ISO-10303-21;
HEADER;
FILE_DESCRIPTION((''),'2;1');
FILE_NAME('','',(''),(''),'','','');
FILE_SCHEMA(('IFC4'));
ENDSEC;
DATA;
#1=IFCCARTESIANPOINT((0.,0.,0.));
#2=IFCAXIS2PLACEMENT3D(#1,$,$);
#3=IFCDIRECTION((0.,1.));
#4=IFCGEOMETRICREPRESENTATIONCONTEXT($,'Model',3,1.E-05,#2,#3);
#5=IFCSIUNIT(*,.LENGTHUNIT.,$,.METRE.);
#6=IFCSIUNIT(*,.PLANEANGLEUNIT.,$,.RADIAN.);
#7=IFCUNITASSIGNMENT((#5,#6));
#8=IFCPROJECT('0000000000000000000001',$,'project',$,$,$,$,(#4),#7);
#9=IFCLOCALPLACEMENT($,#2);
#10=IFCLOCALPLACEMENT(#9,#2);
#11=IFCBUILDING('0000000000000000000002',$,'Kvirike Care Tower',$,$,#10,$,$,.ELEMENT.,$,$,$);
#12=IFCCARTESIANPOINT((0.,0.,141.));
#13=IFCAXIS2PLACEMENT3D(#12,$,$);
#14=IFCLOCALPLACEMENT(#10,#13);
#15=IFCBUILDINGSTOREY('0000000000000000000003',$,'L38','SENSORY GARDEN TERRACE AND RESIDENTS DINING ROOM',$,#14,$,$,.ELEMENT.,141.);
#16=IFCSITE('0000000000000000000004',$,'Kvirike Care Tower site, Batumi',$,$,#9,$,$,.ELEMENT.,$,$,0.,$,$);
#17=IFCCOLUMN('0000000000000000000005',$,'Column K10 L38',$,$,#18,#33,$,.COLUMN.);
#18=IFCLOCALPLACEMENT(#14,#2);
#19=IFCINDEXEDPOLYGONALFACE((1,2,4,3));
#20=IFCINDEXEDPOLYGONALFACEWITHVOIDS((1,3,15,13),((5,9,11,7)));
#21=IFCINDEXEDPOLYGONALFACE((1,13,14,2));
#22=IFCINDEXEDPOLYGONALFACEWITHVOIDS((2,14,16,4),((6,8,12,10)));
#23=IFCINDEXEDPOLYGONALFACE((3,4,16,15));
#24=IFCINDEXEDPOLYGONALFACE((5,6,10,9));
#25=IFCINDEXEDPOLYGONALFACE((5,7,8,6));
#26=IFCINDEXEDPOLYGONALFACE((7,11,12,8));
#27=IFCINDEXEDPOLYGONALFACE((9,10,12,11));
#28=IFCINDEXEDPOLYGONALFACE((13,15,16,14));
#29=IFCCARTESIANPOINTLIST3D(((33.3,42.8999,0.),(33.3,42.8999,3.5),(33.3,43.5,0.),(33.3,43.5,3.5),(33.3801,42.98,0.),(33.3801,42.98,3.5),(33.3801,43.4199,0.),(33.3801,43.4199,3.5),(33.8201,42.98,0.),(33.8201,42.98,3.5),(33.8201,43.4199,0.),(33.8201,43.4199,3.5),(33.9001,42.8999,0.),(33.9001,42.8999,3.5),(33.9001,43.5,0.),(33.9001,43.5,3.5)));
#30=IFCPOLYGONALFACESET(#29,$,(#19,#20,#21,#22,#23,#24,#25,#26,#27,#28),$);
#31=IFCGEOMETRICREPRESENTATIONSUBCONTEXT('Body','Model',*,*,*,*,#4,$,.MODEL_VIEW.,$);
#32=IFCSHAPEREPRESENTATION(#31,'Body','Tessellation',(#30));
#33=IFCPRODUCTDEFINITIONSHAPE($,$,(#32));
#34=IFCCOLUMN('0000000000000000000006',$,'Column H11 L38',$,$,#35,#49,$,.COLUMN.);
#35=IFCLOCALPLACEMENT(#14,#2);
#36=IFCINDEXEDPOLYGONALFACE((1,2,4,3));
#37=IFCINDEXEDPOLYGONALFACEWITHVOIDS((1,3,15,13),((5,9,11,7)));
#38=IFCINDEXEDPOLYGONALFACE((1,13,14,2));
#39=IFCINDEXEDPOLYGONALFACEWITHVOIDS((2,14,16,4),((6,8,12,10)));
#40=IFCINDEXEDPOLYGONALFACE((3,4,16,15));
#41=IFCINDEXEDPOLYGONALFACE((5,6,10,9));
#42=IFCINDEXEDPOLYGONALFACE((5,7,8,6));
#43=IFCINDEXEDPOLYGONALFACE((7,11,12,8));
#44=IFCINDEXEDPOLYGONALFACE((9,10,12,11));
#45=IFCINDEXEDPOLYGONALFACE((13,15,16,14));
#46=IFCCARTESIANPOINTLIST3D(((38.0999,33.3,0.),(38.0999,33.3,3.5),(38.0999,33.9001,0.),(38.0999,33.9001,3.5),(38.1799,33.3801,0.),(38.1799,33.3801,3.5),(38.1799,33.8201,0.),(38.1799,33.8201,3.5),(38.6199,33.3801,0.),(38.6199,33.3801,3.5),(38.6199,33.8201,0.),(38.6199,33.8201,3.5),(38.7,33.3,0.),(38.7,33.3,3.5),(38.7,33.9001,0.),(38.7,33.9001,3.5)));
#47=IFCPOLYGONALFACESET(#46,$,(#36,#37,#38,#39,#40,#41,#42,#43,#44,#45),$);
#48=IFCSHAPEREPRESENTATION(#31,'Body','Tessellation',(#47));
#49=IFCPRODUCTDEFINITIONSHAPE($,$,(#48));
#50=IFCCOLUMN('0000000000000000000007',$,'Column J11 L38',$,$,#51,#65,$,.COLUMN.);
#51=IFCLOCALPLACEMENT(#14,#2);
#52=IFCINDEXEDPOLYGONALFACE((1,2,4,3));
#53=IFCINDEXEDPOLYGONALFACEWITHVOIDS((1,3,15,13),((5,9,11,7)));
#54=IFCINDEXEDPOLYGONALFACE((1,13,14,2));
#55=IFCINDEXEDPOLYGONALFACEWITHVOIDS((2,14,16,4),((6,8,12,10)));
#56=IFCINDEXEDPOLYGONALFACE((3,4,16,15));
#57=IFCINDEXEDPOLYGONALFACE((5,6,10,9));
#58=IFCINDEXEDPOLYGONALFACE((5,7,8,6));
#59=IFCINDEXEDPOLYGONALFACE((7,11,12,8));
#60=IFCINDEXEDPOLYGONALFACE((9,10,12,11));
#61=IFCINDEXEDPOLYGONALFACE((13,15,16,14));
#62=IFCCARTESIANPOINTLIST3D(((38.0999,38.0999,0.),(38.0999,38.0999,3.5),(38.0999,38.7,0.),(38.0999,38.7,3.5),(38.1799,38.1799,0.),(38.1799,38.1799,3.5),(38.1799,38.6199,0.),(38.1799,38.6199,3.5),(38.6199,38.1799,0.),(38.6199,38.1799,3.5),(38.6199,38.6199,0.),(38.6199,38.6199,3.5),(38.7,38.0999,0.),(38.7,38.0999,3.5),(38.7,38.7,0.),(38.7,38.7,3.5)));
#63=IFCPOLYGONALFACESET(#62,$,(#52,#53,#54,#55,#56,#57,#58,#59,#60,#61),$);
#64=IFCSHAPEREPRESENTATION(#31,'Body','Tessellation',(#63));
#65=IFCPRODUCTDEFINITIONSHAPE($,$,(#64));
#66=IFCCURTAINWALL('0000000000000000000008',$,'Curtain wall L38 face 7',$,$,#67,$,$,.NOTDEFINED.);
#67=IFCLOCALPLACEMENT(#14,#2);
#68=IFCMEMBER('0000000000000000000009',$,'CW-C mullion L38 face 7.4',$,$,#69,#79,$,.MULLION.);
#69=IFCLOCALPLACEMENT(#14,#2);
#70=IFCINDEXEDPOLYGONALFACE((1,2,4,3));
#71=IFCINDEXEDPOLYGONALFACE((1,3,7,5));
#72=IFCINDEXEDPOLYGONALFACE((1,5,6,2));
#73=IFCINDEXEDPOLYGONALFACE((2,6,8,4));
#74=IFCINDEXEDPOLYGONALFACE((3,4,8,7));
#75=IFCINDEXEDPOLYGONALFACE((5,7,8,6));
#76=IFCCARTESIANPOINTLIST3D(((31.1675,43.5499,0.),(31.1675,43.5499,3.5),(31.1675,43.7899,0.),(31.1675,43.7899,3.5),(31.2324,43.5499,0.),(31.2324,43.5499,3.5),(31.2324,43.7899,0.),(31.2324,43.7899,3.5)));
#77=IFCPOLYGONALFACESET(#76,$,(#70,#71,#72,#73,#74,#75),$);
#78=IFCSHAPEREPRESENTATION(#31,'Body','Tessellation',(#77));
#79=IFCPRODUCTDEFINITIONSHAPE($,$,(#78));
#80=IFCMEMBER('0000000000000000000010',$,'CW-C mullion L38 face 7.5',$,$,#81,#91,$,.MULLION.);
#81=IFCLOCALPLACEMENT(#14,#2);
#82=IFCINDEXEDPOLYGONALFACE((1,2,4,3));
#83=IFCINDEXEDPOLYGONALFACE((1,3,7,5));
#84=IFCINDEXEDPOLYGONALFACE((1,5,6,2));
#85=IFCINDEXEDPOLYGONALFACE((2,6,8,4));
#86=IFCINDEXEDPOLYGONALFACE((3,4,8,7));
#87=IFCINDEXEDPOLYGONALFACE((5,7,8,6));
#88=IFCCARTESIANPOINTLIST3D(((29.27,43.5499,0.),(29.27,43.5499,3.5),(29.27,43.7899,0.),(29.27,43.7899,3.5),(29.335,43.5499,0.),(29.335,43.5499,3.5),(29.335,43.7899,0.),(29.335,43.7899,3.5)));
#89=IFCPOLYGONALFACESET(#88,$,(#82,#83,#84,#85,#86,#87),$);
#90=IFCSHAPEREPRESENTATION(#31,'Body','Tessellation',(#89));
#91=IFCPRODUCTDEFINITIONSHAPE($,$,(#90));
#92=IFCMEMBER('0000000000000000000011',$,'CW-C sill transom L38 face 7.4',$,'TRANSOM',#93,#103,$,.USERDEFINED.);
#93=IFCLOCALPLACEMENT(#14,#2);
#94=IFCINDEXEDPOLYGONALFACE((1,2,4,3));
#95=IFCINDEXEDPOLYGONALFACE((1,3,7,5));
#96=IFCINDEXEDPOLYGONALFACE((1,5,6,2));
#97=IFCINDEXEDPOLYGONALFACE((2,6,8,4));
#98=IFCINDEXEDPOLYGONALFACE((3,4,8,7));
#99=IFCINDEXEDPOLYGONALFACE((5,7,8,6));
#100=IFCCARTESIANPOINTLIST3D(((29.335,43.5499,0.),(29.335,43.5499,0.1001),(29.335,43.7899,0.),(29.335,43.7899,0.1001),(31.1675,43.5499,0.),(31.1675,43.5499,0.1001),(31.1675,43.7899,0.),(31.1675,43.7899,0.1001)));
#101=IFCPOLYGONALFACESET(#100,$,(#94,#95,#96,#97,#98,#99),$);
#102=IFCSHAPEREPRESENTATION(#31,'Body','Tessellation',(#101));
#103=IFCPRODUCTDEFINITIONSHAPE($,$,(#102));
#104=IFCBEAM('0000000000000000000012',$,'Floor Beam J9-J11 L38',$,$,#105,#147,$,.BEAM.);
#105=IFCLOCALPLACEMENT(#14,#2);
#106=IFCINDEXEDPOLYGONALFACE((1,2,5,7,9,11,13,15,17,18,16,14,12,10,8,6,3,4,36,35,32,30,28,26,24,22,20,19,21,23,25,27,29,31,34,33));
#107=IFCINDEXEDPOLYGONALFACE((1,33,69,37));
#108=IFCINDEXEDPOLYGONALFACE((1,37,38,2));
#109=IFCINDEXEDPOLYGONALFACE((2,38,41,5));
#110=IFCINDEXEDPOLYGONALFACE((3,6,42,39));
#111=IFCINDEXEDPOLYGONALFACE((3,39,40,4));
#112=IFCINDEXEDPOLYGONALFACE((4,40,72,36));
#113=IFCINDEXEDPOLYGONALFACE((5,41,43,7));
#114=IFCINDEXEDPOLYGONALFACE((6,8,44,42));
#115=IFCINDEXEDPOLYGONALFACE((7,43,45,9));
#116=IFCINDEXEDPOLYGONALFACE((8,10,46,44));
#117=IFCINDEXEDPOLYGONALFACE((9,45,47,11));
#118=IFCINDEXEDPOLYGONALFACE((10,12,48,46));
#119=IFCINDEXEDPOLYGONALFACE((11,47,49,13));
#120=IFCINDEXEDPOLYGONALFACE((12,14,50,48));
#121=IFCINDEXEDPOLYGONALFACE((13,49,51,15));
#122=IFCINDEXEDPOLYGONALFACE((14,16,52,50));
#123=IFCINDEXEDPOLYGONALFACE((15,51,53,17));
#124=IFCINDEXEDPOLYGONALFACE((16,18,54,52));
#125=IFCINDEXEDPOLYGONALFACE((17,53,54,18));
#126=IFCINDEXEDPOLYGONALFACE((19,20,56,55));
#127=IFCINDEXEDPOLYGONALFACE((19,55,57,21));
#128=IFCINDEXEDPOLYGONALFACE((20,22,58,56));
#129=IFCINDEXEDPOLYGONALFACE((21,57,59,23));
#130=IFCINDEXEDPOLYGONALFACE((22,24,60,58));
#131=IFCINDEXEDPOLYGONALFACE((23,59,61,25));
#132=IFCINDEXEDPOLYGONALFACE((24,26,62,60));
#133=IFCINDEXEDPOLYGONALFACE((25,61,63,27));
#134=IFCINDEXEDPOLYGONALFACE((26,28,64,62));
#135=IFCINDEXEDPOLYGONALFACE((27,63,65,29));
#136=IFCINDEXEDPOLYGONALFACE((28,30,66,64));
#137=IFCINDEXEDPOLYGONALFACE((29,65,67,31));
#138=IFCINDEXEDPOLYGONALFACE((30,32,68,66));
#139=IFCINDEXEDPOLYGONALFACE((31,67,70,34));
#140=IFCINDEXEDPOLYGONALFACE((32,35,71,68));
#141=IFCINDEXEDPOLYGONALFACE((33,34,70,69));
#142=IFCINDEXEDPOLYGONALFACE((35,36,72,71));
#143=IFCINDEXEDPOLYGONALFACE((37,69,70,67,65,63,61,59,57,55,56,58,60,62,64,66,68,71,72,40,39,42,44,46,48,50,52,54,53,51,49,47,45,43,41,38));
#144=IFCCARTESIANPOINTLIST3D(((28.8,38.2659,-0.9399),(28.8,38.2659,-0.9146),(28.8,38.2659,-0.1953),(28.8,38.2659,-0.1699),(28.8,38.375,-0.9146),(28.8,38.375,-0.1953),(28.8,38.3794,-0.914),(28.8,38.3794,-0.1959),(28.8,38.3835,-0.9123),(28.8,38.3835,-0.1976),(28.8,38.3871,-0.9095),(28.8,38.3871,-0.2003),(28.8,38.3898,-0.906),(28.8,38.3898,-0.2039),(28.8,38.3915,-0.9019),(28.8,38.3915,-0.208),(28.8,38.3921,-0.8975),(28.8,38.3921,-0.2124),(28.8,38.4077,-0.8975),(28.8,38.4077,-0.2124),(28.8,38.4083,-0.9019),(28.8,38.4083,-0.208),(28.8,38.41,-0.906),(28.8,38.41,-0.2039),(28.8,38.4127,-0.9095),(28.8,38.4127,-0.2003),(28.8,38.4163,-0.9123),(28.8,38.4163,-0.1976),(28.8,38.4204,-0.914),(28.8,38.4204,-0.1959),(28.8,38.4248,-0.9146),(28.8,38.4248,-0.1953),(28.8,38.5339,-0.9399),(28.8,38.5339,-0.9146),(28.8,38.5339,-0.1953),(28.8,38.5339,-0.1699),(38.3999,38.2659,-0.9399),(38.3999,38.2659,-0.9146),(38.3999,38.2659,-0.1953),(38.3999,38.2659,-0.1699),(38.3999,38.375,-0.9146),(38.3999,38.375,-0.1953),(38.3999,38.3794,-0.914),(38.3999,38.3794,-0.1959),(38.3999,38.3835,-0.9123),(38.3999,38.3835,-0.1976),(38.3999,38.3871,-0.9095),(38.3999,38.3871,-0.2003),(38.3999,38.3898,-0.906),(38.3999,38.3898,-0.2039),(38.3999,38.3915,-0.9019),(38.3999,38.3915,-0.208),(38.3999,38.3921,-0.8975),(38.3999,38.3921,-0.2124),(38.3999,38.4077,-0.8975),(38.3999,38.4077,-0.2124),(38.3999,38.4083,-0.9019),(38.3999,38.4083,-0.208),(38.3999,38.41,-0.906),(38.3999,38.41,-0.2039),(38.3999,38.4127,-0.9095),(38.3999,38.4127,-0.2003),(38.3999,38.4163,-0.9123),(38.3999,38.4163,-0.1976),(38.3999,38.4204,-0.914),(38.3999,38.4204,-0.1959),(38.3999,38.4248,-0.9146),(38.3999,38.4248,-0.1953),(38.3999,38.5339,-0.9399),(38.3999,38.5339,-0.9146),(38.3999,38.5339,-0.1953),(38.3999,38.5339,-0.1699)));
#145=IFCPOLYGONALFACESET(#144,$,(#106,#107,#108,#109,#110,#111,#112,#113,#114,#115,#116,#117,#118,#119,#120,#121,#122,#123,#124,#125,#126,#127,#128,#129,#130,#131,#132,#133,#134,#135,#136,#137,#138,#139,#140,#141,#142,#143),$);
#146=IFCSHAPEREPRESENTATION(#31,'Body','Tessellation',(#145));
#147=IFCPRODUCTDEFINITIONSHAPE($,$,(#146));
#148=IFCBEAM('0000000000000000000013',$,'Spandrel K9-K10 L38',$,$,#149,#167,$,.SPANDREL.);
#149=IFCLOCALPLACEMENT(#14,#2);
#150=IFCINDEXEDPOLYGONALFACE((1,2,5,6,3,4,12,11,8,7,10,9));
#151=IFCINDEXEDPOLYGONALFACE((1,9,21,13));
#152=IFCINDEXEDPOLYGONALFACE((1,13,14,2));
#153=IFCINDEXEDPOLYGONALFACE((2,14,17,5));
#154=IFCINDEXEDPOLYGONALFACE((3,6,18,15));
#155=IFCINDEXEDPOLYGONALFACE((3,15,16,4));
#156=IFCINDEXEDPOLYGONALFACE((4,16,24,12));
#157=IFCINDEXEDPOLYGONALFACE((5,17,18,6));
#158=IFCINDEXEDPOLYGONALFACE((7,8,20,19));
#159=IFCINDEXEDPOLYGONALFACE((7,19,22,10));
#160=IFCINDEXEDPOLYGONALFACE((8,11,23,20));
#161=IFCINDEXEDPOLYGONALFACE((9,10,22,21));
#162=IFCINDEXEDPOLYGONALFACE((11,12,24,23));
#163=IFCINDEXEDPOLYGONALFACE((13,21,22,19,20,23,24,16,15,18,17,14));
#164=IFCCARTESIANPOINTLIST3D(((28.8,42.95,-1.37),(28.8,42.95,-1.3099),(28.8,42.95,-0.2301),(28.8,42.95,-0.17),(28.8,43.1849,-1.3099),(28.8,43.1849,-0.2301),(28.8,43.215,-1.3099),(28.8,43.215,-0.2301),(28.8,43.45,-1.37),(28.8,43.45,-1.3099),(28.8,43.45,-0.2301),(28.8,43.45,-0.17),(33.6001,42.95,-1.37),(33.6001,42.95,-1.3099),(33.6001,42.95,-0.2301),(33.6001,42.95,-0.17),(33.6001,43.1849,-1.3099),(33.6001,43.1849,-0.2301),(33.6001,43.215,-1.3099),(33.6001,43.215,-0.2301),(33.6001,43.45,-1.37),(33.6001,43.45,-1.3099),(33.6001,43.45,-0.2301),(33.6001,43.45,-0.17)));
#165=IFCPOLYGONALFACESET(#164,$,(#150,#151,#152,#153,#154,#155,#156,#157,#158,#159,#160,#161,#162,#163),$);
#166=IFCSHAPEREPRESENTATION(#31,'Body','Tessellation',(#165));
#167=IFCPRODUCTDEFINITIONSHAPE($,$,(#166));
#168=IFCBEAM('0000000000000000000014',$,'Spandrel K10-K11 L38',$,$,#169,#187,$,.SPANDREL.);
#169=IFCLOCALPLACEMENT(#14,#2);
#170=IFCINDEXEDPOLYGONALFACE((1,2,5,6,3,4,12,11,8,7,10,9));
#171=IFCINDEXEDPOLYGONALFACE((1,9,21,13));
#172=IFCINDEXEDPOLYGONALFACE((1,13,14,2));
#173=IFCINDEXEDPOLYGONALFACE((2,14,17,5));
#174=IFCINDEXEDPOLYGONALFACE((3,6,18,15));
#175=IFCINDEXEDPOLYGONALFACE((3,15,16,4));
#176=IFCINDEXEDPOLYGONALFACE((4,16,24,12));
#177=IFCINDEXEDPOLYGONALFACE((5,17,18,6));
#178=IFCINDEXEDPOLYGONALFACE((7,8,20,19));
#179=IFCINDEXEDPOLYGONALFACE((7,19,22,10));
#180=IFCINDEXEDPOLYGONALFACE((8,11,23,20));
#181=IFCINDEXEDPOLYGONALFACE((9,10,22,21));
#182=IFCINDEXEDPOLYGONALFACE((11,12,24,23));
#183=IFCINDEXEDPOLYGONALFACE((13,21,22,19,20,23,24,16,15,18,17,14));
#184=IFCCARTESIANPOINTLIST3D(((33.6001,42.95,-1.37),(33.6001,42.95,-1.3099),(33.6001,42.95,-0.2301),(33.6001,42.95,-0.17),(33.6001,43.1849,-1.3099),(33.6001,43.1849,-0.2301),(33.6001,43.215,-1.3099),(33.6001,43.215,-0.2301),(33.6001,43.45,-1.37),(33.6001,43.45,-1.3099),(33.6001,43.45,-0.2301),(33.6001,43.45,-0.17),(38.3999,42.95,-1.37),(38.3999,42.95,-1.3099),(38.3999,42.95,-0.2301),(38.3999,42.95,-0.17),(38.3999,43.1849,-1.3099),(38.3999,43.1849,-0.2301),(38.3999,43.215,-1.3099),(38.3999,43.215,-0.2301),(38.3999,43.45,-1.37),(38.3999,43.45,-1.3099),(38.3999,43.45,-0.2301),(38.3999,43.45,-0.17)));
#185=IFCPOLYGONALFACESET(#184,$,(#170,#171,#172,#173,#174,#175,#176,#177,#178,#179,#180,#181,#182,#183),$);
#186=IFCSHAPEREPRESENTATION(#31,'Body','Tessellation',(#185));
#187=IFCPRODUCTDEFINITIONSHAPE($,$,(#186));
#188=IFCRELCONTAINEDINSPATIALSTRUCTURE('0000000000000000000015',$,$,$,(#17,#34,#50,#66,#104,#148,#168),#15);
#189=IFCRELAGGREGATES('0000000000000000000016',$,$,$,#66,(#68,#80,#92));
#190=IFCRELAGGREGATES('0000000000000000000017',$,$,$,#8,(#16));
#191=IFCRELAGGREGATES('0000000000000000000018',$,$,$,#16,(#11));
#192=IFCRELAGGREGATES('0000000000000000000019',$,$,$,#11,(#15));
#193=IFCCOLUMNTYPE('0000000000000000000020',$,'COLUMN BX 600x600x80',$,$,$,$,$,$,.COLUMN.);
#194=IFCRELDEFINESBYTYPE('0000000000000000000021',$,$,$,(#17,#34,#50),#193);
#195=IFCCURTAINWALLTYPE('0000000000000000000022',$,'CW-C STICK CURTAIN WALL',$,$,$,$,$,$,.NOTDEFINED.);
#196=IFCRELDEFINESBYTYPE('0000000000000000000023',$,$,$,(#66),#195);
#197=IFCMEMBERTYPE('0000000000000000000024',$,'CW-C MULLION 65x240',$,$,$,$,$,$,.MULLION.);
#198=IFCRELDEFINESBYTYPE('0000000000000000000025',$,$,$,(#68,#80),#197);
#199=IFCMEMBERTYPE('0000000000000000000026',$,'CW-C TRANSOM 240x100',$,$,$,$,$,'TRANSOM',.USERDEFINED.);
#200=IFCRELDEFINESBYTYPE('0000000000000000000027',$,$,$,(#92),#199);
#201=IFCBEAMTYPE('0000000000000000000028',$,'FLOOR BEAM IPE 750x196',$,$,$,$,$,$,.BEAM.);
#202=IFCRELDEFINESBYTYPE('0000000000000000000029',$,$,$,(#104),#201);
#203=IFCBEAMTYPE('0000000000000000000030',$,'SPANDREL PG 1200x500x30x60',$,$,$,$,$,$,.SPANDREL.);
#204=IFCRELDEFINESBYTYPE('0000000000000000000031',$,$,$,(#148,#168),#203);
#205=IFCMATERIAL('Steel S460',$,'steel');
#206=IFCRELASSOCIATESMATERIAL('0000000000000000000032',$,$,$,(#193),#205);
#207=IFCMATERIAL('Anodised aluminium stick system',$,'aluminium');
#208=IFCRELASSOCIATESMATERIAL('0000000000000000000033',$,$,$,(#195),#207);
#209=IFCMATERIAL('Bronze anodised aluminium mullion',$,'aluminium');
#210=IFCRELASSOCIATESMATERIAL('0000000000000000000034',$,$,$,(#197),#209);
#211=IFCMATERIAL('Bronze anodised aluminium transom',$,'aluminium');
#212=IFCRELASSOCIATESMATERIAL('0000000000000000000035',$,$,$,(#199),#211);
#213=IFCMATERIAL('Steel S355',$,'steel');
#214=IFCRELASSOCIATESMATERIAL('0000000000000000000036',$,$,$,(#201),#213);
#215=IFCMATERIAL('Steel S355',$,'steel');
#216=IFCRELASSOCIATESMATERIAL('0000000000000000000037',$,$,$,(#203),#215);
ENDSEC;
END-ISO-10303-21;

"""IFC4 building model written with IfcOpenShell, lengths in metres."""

from ifc_helpers import new_model, si_unit, direction, frame, origin, origin_2d, place, context, subcontext, project, spatial, rectangle, hollow_rectangle, i_section, extrude, material, material_profile, profile_set, type_object, element, aggregate, save


model = new_model("IFC4")

# Units and contexts
model_context = context("Model", 3, precision=1e-05, world=origin(), true_north=direction((0.0, 1.0)))
body_context = subcontext(model_context, "Body", "Model", "MODEL_VIEW")
ifc_project = project(units=[si_unit("LENGTHUNIT", "METRE"), si_unit("PLANEANGLEUNIT", "RADIAN")], contexts=[model_context])

# Site, building, storey
site_placement = place(None, origin())
site = spatial("IfcSite", under=ifc_project, at=site_placement, Name="Kvirike Care Tower site, Batumi", CompositionType="ELEMENT", RefElevation=0.0)
building_placement = place(site_placement, origin())
building = spatial("IfcBuilding", under=site, at=building_placement, Name="Kvirike Care Tower", CompositionType="ELEMENT")
storey_placement = place(building_placement, frame((0.0, 0.0, 141.0)))
storey = spatial("IfcBuildingStorey", under=building, at=storey_placement, Name="L38", Description="SENSORY GARDEN TERRACE AND RESIDENTS DINING ROOM", CompositionType="ELEMENT", Elevation=141.0)

# Columns
ifc_material_1 = material(Name="Steel S460", Category="steel")
ifc_material_profile_1 = material_profile(ifc_material_1, hollow_rectangle(XDim=0.6001, YDim=0.6001, WallThickness=0.0801, at=origin_2d()), Name="BX 600x600x80")
ifc_profile_set_1 = profile_set([ifc_material_profile_1], Name="Steel S460")
column_type = type_object("IfcColumnType", Name="COLUMN BX 600x600x80", PredefinedType="COLUMN", material=ifc_profile_set_1)
for number, where, z_axis, x_axis, name in (
    (1, (33.6001, 43.2, 0.0), (0.0, 0.0, 1.0), (0.0, 1.0, 0.0), "Column K10 L38"),
    (2, (38.3999, 33.6001, 0.0), (0.0, 0.0, 1.0), (0.0, 1.0, 0.0), "Column H11 L38"),
    (3, (38.3999, 38.3999, 0.0), (0.0, 0.0, 1.0), (0.0, 1.0, 0.0), "Column J11 L38"),
):
    element("IfcColumn", number, at=place(storey_placement, frame(where, z_axis=z_axis, x_axis=x_axis)), inside=storey, type_object=column_type, Name=name, PredefinedType="COLUMN", context=body_context, shape_type="SweptSolid", body=[
        extrude(hollow_rectangle(XDim=0.6001, YDim=0.6001, WallThickness=0.0801, at=origin_2d()), origin(), (0.0, 0.0, 1.0), 3.5),
    ])

# Curtain wall, members
ifc_material_2 = material(Name="Anodised aluminium stick system", Category="aluminium")
curtain_wall_type = type_object("IfcCurtainWallType", Name="CW-C STICK CURTAIN WALL", PredefinedType="NOTDEFINED", material=ifc_material_2)
curtain_wall_placement = place(storey_placement, origin())
curtain_wall = element("IfcCurtainWall", 4, at=curtain_wall_placement, inside=storey, type_object=curtain_wall_type, Name="Curtain wall L38 face 7", PredefinedType="NOTDEFINED")
ifc_material_3 = material(Name="Bronze anodised aluminium mullion", Category="aluminium")
ifc_material_profile_2 = material_profile(ifc_material_3, rectangle(XDim=0.0649, YDim=0.24, at=origin_2d()), Name="CW-C MULLION 65x240")
ifc_profile_set_2 = profile_set([ifc_material_profile_2], Name="Bronze anodised aluminium mullion")
member_type_1 = type_object("IfcMemberType", Name="CW-C MULLION 65x240", PredefinedType="MULLION", material=ifc_profile_set_2)
member_1_placement = place(storey_placement, frame((31.2, 43.6699, 0.0), z_axis=(0.0, 0.0, 1.0), x_axis=(-1.0, 0.0, 0.0)))
member_1 = element("IfcMember", 5, at=member_1_placement, type_object=member_type_1, Name="CW-C mullion L38 face 7.4", PredefinedType="MULLION", context=body_context, shape_type="SweptSolid", body=[
    extrude(rectangle(XDim=0.0649, YDim=0.24, at=origin_2d()), origin(), (0.0, 0.0, 1.0), 3.5),
])
member_2_placement = place(storey_placement, frame((29.3025, 43.6699, 0.0), z_axis=(0.0, 0.0, 1.0), x_axis=(-1.0, 0.0, 0.0)))
member_2 = element("IfcMember", 6, at=member_2_placement, type_object=member_type_1, Name="CW-C mullion L38 face 7.5", PredefinedType="MULLION", context=body_context, shape_type="SweptSolid", body=[
    extrude(rectangle(XDim=0.0649, YDim=0.24, at=origin_2d()), origin(), (0.0, 0.0, 1.0), 3.5),
])
ifc_material_4 = material(Name="Bronze anodised aluminium transom", Category="aluminium")
ifc_material_profile_3 = material_profile(ifc_material_4, rectangle(XDim=0.24, YDim=0.1001, at=origin_2d()), Name="CW-C TRANSOM 240x100")
ifc_profile_set_3 = profile_set([ifc_material_profile_3], Name="Bronze anodised aluminium transom")
member_type_2 = type_object("IfcMemberType", Name="CW-C TRANSOM 240x100", ElementType="TRANSOM", PredefinedType="USERDEFINED", material=ifc_profile_set_3)
member_3_placement = place(storey_placement, frame((31.1675, 43.6699, 0.05), z_axis=(-1.0, 0.0, 0.0), x_axis=(0.0, -1.0, 0.0)))
member_3 = element("IfcMember", 7, at=member_3_placement, type_object=member_type_2, Name="CW-C sill transom L38 face 7.4", ObjectType="TRANSOM", PredefinedType="USERDEFINED", context=body_context, shape_type="SweptSolid", body=[
    extrude(rectangle(XDim=0.24, YDim=0.1001, at=origin_2d()), origin(), (0.0, 0.0, 1.0), 1.8325),
])

# Beams
ifc_material_5 = material(Name="Steel S355", Category="steel")
ifc_material_profile_4 = material_profile(ifc_material_5, i_section(OverallWidth=0.2681, OverallDepth=0.77, WebThickness=0.0156, FlangeThickness=0.0254, FilletRadius=0.0171, at=origin_2d()), Name="IPE 750x196")
ifc_profile_set_4 = profile_set([ifc_material_profile_4], Name="Steel S355")
beam_type_1 = type_object("IfcBeamType", Name="FLOOR BEAM IPE 750x196", PredefinedType="BEAM", material=ifc_profile_set_4)
beam_1_placement = place(storey_placement, frame((28.8, 38.3999, -0.5549), z_axis=(1.0, 0.0, 0.0), x_axis=(0.0, 1.0, 0.0)))
element("IfcBeam", 8, at=beam_1_placement, inside=storey, type_object=beam_type_1, Name="Floor Beam J9-J11 L38", PredefinedType="BEAM", context=body_context, shape_type="SweptSolid", body=[
    extrude(i_section(OverallWidth=0.2681, OverallDepth=0.77, WebThickness=0.0156, FlangeThickness=0.0254, FilletRadius=0.0171, at=origin_2d()), origin(), (0.0, 0.0, 1.0), 9.5999),
])
ifc_material_6 = material(Name="Steel S355", Category="steel")
ifc_material_profile_5 = material_profile(ifc_material_6, i_section(OverallWidth=0.5, OverallDepth=1.2, WebThickness=0.03, FlangeThickness=0.0601, at=origin_2d()), Name="PG 1200x500x30x60")
ifc_profile_set_5 = profile_set([ifc_material_profile_5], Name="Steel S355")
beam_type_2 = type_object("IfcBeamType", Name="SPANDREL PG 1200x500x30x60", PredefinedType="SPANDREL", material=ifc_profile_set_5)
beam_2_placement = place(storey_placement, frame((28.8, 43.2, -0.77), z_axis=(1.0, 0.0, 0.0), x_axis=(0.0, 1.0, 0.0)))
element("IfcBeam", 9, at=beam_2_placement, inside=storey, type_object=beam_type_2, Name="Spandrel K9-K10 L38", PredefinedType="SPANDREL", context=body_context, shape_type="SweptSolid", body=[
    extrude(i_section(OverallWidth=0.5, OverallDepth=1.2, WebThickness=0.03, FlangeThickness=0.0601, at=origin_2d()), origin(), (0.0, 0.0, 1.0), 4.8),
])
beam_3_placement = place(storey_placement, frame((33.6001, 43.2, -0.77), z_axis=(1.0, 0.0, 0.0), x_axis=(0.0, 1.0, 0.0)))
element("IfcBeam", 10, at=beam_3_placement, inside=storey, type_object=beam_type_2, Name="Spandrel K10-K11 L38", PredefinedType="SPANDREL", context=body_context, shape_type="SweptSolid", body=[
    extrude(i_section(OverallWidth=0.5, OverallDepth=1.2, WebThickness=0.03, FlangeThickness=0.0601, at=origin_2d()), origin(), (0.0, 0.0, 1.0), 4.7998),
])

aggregate(curtain_wall, [member_1, member_2, member_3])

save(model, "model.ifc")
